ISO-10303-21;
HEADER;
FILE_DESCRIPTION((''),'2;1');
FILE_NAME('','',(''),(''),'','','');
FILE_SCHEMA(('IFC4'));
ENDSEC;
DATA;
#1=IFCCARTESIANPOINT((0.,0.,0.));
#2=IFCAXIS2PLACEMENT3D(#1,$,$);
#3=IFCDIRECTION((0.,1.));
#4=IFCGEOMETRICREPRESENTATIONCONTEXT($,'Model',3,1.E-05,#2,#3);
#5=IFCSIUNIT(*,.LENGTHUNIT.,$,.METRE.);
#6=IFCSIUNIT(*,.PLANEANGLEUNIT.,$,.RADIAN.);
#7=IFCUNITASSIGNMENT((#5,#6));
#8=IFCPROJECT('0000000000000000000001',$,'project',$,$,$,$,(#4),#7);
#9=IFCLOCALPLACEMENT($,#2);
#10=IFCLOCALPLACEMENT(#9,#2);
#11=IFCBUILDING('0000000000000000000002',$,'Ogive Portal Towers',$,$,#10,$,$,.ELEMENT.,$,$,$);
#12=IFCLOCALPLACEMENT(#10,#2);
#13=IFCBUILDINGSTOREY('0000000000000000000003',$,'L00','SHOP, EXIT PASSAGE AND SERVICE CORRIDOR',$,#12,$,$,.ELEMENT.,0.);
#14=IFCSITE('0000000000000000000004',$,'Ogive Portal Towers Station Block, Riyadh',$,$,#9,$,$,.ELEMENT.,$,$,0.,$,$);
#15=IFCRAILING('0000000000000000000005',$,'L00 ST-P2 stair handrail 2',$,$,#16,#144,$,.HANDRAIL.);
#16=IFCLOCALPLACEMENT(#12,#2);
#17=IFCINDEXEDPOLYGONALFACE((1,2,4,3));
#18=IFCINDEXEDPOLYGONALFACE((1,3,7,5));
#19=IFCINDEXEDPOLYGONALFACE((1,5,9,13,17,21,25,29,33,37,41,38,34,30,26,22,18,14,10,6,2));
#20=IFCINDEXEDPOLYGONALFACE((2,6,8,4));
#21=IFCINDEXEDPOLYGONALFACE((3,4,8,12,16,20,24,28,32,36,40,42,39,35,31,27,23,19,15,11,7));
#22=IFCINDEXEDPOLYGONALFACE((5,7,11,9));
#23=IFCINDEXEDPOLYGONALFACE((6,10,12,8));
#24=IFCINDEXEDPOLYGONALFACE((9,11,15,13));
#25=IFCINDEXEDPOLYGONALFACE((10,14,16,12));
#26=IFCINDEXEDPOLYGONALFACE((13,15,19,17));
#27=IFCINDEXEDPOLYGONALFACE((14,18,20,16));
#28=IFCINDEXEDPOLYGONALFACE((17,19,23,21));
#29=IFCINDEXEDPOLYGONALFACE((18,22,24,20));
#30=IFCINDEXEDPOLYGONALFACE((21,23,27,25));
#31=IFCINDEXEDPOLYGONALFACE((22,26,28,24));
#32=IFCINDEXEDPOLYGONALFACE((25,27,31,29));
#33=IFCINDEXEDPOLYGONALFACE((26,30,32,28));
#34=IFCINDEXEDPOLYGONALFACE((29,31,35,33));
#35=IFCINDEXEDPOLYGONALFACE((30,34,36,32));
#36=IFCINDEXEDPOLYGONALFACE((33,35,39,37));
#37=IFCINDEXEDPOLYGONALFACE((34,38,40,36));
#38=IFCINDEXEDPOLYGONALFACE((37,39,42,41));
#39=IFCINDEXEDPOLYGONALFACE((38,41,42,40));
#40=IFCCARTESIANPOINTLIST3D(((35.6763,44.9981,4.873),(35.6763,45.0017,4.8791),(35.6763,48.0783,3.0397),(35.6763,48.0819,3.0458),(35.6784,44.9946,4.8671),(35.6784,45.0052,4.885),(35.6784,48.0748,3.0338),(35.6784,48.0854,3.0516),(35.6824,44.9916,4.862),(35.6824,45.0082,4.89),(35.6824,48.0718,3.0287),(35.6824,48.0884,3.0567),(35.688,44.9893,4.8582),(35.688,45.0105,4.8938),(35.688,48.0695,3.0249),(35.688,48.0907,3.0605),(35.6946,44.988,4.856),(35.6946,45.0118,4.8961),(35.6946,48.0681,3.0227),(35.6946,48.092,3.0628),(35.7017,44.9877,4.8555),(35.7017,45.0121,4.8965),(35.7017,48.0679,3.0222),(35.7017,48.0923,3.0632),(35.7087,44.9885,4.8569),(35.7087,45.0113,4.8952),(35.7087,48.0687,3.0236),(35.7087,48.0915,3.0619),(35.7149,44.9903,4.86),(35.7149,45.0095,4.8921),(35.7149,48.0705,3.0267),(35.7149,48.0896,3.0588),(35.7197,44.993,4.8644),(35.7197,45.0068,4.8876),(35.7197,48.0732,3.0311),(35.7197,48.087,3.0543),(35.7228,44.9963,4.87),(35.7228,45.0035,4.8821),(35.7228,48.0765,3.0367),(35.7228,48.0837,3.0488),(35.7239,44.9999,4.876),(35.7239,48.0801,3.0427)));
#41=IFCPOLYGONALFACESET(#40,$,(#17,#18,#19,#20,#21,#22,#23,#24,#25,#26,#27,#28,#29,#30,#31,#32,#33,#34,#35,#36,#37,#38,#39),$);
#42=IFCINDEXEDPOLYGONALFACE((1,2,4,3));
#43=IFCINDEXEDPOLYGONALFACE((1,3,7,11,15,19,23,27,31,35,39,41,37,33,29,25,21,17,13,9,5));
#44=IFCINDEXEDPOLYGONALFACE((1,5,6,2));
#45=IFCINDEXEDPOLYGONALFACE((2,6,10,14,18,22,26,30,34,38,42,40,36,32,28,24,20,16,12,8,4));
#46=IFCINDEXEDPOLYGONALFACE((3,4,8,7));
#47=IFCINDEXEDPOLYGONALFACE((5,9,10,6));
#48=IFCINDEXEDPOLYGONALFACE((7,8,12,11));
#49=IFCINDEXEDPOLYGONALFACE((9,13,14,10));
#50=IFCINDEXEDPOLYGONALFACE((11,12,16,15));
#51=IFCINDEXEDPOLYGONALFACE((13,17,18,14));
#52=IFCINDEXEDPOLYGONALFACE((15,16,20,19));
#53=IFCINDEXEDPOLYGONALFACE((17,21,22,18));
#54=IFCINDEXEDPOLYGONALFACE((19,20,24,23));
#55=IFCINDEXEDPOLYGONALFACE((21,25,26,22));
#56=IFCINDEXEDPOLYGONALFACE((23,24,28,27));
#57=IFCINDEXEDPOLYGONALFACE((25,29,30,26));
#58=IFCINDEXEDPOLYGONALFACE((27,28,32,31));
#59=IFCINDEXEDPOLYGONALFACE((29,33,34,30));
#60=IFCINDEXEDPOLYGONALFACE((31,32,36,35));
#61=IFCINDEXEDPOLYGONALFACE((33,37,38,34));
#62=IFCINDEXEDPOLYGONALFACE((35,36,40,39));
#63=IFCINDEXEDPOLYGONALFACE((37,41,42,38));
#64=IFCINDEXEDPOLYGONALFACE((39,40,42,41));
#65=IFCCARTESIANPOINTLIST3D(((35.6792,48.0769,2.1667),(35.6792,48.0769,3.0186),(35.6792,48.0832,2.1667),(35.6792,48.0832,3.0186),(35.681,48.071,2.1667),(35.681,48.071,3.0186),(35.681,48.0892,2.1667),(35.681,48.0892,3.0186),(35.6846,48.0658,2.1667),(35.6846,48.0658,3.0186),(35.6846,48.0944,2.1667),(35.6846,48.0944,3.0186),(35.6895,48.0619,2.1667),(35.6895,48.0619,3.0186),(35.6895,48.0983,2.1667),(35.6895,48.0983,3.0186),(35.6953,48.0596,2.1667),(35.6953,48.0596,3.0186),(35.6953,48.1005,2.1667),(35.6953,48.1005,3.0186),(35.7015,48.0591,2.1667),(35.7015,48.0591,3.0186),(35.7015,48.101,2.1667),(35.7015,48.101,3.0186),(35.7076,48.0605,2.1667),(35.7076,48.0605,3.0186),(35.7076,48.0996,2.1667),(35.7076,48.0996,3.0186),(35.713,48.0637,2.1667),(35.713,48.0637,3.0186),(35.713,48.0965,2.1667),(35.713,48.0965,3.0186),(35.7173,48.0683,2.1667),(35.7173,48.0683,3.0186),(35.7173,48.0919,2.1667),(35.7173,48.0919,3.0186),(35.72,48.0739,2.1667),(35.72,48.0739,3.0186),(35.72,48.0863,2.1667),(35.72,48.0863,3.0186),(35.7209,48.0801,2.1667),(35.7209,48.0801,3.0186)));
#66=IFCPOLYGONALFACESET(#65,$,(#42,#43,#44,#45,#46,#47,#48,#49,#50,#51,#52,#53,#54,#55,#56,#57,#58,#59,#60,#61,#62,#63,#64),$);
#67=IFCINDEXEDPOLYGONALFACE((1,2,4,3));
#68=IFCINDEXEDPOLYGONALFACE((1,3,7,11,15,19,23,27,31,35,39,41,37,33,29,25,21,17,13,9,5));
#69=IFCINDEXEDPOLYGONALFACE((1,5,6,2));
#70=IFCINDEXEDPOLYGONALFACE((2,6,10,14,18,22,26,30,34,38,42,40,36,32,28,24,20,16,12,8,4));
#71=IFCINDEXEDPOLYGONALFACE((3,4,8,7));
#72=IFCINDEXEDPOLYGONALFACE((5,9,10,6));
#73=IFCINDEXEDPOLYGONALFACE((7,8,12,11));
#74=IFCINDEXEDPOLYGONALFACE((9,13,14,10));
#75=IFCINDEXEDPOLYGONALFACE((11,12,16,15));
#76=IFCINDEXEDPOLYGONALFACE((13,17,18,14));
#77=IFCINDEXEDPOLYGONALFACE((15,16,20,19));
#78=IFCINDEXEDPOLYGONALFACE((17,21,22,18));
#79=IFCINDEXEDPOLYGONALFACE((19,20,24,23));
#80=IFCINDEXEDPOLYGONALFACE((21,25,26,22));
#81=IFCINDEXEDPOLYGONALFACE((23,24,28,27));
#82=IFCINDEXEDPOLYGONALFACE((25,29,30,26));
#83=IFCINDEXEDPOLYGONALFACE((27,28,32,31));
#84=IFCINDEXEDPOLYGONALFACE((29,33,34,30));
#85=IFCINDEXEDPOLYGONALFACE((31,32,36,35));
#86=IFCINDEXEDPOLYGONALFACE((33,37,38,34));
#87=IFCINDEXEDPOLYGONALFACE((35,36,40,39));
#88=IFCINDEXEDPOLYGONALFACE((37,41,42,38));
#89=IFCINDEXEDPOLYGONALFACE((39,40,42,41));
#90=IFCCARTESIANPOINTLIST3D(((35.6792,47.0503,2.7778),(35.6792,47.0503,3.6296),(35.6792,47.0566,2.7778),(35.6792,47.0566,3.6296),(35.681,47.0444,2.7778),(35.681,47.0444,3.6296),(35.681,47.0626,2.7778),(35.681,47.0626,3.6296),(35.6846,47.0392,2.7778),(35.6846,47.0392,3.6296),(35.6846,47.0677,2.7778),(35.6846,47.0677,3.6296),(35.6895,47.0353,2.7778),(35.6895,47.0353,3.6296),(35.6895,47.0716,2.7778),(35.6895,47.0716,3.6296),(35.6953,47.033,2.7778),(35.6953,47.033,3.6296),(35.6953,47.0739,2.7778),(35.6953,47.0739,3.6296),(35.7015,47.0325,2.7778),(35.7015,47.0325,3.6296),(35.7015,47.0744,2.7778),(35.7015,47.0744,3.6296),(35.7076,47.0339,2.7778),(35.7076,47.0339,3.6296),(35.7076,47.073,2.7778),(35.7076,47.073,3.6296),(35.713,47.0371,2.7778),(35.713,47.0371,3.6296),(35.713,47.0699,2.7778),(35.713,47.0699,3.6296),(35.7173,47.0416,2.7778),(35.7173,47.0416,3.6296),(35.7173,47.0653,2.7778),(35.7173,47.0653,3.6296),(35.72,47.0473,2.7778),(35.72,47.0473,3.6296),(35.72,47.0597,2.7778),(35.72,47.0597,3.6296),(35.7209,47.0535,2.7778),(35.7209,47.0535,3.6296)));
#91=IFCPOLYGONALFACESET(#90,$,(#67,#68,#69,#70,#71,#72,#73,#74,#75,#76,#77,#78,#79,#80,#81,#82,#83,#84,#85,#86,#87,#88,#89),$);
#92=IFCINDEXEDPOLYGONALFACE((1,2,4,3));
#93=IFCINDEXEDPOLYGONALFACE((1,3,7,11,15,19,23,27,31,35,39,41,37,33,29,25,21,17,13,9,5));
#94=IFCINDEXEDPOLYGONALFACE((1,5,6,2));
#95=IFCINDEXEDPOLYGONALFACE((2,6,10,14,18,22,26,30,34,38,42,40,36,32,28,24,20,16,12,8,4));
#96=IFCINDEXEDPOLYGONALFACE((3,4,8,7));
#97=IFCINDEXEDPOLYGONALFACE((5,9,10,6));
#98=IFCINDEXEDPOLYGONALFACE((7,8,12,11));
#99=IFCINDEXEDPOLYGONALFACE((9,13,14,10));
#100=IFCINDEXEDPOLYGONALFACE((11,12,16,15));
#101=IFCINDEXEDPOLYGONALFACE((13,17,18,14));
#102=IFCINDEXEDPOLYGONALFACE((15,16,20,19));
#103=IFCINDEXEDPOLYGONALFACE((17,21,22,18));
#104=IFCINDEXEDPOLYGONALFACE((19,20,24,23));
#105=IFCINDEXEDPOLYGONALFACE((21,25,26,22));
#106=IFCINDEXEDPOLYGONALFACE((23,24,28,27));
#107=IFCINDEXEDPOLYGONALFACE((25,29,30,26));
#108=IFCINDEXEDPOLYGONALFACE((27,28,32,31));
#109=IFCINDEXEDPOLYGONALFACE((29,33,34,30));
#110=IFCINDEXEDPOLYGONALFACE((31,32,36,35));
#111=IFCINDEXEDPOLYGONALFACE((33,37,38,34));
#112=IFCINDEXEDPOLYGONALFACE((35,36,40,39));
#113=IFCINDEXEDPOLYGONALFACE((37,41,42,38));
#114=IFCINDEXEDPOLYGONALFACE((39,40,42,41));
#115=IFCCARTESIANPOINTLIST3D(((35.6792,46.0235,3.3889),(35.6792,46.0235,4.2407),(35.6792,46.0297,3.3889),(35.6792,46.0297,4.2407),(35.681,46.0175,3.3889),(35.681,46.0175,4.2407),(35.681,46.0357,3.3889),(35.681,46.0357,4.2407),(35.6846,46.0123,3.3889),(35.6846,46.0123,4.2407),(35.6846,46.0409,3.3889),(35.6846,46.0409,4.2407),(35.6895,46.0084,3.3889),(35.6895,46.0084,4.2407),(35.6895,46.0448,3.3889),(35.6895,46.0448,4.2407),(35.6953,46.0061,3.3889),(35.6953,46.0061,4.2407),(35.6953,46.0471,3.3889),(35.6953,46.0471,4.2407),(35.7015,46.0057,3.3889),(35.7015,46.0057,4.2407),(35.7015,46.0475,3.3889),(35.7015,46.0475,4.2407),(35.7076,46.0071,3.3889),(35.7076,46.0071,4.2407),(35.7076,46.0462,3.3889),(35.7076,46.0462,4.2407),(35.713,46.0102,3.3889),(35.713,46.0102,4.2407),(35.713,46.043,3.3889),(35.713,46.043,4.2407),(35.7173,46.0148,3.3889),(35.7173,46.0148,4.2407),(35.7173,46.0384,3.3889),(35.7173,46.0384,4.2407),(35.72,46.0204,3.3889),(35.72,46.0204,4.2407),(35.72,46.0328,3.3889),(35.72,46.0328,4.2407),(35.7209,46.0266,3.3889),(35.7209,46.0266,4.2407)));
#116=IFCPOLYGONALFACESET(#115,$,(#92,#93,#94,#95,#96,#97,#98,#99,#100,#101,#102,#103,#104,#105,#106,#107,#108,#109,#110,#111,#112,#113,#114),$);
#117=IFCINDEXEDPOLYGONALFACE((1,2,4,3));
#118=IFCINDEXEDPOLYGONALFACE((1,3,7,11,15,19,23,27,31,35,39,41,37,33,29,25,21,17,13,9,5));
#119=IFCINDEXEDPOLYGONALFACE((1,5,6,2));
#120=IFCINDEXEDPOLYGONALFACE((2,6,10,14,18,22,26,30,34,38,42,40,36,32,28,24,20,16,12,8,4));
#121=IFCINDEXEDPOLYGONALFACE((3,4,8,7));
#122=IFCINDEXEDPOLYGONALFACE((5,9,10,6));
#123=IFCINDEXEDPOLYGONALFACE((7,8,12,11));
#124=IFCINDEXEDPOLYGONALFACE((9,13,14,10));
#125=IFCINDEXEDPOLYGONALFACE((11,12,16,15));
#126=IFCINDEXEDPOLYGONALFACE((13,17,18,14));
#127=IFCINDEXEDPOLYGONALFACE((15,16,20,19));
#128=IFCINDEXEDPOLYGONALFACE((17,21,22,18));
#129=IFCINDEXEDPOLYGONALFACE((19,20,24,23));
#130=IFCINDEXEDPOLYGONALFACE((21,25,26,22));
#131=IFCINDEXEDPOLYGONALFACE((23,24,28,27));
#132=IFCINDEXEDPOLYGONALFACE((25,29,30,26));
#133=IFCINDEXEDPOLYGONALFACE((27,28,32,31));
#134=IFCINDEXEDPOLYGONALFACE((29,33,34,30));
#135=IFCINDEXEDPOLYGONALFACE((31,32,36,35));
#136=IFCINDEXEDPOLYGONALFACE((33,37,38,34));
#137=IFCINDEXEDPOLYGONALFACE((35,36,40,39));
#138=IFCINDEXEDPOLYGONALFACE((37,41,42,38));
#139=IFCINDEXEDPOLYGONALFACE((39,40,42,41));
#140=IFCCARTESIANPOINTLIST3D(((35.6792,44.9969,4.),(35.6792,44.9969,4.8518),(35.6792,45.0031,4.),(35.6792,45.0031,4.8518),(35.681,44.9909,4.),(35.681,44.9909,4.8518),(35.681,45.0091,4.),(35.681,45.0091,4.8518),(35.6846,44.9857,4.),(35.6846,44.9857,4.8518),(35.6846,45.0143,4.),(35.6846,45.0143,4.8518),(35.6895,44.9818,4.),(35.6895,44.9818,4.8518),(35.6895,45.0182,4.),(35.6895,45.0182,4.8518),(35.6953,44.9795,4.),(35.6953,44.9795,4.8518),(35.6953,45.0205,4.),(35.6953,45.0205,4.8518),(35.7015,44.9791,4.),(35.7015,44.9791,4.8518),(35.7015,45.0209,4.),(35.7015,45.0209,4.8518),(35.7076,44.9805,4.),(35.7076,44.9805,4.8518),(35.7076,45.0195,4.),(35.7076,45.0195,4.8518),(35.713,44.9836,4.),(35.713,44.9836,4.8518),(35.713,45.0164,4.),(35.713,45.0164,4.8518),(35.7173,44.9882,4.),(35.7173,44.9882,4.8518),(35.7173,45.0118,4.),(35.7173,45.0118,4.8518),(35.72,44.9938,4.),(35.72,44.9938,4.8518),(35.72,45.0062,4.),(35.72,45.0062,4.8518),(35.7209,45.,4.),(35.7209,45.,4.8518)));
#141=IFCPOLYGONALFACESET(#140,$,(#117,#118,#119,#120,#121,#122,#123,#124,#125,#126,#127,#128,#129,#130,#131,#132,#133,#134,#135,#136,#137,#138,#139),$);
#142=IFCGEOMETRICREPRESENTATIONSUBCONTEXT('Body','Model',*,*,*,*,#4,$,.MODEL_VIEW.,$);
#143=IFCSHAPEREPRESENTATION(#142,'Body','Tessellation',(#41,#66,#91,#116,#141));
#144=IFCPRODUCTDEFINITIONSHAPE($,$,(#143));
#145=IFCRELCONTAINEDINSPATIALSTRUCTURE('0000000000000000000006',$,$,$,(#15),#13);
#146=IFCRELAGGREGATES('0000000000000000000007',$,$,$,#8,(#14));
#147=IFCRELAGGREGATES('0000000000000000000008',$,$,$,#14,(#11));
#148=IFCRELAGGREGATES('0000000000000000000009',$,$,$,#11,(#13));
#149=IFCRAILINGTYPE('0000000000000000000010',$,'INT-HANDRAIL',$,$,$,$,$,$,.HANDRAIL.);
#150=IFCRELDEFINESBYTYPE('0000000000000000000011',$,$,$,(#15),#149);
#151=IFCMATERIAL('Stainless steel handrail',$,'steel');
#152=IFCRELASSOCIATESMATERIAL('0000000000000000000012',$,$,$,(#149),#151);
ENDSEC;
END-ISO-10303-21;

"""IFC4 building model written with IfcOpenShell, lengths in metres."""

from ifc_helpers import new_model, si_unit, direction, frame, origin, origin_2d, place, context, subcontext, project, spatial, circle, extrude, material, type_object, element, save


model = new_model("IFC4")

# Units and contexts
model_context = context("Model", 3, precision=1e-05, world=origin(), true_north=direction((0.0, 1.0)))
body_context = subcontext(model_context, "Body", "Model", "MODEL_VIEW")
ifc_project = project(units=[si_unit("LENGTHUNIT", "METRE"), si_unit("PLANEANGLEUNIT", "RADIAN")], contexts=[model_context])

# Site, building, storey
site_placement = place(None, origin())
site = spatial("IfcSite", under=ifc_project, at=site_placement, Name="Ogive Portal Towers Station Block, Riyadh", CompositionType="ELEMENT", RefElevation=0.0)
building_placement = place(site_placement, origin())
building = spatial("IfcBuilding", under=site, at=building_placement, Name="Ogive Portal Towers", CompositionType="ELEMENT")
storey_placement = place(building_placement, origin())
storey = spatial("IfcBuildingStorey", under=building, at=storey_placement, Name="L00", Description="SHOP, EXIT PASSAGE AND SERVICE CORRIDOR", CompositionType="ELEMENT", Elevation=0.0)

# Railing
ifc_material_1 = material(Name="Stainless steel handrail", Category="steel")
railing_type_1 = type_object("IfcRailingType", Name="INT-HANDRAIL", PredefinedType="HANDRAIL", material=ifc_material_1)
railing_1_placement = place(storey_placement, frame((35.7, 48.0801, 2.1667)))
element("IfcRailing", 1, at=railing_1_placement, inside=storey, type_object=railing_type_1, Name="L00 ST-P2 stair handrail 2", PredefinedType="HANDRAIL", context=body_context, shape_type="SweptSolid", body=[
    extrude(circle(Radius=0.0239, at=origin_2d()), frame((0.0, 0.0, 0.876), z_axis=(0.0, -0.859309, 0.511458), x_axis=(1.0, 0.0, 0.0)), (0.0, 0.0, 1.0), 3.5845),
    extrude(circle(Radius=0.021, at=origin_2d()), origin(), (0.0, 0.0, 1.0), 0.8518),
    extrude(circle(Radius=0.021, at=origin_2d()), frame((0.0, -1.0266, 0.6111)), (0.0, 0.0, 1.0), 0.8518),
    extrude(circle(Radius=0.021, at=origin_2d()), frame((0.0, -2.0535, 1.2222)), (0.0, 0.0, 1.0), 0.8518),
    extrude(circle(Radius=0.021, at=origin_2d()), frame((0.0, -3.0801, 1.8333)), (0.0, 0.0, 1.0), 0.8518),
])

save(model, "model.ifc")
